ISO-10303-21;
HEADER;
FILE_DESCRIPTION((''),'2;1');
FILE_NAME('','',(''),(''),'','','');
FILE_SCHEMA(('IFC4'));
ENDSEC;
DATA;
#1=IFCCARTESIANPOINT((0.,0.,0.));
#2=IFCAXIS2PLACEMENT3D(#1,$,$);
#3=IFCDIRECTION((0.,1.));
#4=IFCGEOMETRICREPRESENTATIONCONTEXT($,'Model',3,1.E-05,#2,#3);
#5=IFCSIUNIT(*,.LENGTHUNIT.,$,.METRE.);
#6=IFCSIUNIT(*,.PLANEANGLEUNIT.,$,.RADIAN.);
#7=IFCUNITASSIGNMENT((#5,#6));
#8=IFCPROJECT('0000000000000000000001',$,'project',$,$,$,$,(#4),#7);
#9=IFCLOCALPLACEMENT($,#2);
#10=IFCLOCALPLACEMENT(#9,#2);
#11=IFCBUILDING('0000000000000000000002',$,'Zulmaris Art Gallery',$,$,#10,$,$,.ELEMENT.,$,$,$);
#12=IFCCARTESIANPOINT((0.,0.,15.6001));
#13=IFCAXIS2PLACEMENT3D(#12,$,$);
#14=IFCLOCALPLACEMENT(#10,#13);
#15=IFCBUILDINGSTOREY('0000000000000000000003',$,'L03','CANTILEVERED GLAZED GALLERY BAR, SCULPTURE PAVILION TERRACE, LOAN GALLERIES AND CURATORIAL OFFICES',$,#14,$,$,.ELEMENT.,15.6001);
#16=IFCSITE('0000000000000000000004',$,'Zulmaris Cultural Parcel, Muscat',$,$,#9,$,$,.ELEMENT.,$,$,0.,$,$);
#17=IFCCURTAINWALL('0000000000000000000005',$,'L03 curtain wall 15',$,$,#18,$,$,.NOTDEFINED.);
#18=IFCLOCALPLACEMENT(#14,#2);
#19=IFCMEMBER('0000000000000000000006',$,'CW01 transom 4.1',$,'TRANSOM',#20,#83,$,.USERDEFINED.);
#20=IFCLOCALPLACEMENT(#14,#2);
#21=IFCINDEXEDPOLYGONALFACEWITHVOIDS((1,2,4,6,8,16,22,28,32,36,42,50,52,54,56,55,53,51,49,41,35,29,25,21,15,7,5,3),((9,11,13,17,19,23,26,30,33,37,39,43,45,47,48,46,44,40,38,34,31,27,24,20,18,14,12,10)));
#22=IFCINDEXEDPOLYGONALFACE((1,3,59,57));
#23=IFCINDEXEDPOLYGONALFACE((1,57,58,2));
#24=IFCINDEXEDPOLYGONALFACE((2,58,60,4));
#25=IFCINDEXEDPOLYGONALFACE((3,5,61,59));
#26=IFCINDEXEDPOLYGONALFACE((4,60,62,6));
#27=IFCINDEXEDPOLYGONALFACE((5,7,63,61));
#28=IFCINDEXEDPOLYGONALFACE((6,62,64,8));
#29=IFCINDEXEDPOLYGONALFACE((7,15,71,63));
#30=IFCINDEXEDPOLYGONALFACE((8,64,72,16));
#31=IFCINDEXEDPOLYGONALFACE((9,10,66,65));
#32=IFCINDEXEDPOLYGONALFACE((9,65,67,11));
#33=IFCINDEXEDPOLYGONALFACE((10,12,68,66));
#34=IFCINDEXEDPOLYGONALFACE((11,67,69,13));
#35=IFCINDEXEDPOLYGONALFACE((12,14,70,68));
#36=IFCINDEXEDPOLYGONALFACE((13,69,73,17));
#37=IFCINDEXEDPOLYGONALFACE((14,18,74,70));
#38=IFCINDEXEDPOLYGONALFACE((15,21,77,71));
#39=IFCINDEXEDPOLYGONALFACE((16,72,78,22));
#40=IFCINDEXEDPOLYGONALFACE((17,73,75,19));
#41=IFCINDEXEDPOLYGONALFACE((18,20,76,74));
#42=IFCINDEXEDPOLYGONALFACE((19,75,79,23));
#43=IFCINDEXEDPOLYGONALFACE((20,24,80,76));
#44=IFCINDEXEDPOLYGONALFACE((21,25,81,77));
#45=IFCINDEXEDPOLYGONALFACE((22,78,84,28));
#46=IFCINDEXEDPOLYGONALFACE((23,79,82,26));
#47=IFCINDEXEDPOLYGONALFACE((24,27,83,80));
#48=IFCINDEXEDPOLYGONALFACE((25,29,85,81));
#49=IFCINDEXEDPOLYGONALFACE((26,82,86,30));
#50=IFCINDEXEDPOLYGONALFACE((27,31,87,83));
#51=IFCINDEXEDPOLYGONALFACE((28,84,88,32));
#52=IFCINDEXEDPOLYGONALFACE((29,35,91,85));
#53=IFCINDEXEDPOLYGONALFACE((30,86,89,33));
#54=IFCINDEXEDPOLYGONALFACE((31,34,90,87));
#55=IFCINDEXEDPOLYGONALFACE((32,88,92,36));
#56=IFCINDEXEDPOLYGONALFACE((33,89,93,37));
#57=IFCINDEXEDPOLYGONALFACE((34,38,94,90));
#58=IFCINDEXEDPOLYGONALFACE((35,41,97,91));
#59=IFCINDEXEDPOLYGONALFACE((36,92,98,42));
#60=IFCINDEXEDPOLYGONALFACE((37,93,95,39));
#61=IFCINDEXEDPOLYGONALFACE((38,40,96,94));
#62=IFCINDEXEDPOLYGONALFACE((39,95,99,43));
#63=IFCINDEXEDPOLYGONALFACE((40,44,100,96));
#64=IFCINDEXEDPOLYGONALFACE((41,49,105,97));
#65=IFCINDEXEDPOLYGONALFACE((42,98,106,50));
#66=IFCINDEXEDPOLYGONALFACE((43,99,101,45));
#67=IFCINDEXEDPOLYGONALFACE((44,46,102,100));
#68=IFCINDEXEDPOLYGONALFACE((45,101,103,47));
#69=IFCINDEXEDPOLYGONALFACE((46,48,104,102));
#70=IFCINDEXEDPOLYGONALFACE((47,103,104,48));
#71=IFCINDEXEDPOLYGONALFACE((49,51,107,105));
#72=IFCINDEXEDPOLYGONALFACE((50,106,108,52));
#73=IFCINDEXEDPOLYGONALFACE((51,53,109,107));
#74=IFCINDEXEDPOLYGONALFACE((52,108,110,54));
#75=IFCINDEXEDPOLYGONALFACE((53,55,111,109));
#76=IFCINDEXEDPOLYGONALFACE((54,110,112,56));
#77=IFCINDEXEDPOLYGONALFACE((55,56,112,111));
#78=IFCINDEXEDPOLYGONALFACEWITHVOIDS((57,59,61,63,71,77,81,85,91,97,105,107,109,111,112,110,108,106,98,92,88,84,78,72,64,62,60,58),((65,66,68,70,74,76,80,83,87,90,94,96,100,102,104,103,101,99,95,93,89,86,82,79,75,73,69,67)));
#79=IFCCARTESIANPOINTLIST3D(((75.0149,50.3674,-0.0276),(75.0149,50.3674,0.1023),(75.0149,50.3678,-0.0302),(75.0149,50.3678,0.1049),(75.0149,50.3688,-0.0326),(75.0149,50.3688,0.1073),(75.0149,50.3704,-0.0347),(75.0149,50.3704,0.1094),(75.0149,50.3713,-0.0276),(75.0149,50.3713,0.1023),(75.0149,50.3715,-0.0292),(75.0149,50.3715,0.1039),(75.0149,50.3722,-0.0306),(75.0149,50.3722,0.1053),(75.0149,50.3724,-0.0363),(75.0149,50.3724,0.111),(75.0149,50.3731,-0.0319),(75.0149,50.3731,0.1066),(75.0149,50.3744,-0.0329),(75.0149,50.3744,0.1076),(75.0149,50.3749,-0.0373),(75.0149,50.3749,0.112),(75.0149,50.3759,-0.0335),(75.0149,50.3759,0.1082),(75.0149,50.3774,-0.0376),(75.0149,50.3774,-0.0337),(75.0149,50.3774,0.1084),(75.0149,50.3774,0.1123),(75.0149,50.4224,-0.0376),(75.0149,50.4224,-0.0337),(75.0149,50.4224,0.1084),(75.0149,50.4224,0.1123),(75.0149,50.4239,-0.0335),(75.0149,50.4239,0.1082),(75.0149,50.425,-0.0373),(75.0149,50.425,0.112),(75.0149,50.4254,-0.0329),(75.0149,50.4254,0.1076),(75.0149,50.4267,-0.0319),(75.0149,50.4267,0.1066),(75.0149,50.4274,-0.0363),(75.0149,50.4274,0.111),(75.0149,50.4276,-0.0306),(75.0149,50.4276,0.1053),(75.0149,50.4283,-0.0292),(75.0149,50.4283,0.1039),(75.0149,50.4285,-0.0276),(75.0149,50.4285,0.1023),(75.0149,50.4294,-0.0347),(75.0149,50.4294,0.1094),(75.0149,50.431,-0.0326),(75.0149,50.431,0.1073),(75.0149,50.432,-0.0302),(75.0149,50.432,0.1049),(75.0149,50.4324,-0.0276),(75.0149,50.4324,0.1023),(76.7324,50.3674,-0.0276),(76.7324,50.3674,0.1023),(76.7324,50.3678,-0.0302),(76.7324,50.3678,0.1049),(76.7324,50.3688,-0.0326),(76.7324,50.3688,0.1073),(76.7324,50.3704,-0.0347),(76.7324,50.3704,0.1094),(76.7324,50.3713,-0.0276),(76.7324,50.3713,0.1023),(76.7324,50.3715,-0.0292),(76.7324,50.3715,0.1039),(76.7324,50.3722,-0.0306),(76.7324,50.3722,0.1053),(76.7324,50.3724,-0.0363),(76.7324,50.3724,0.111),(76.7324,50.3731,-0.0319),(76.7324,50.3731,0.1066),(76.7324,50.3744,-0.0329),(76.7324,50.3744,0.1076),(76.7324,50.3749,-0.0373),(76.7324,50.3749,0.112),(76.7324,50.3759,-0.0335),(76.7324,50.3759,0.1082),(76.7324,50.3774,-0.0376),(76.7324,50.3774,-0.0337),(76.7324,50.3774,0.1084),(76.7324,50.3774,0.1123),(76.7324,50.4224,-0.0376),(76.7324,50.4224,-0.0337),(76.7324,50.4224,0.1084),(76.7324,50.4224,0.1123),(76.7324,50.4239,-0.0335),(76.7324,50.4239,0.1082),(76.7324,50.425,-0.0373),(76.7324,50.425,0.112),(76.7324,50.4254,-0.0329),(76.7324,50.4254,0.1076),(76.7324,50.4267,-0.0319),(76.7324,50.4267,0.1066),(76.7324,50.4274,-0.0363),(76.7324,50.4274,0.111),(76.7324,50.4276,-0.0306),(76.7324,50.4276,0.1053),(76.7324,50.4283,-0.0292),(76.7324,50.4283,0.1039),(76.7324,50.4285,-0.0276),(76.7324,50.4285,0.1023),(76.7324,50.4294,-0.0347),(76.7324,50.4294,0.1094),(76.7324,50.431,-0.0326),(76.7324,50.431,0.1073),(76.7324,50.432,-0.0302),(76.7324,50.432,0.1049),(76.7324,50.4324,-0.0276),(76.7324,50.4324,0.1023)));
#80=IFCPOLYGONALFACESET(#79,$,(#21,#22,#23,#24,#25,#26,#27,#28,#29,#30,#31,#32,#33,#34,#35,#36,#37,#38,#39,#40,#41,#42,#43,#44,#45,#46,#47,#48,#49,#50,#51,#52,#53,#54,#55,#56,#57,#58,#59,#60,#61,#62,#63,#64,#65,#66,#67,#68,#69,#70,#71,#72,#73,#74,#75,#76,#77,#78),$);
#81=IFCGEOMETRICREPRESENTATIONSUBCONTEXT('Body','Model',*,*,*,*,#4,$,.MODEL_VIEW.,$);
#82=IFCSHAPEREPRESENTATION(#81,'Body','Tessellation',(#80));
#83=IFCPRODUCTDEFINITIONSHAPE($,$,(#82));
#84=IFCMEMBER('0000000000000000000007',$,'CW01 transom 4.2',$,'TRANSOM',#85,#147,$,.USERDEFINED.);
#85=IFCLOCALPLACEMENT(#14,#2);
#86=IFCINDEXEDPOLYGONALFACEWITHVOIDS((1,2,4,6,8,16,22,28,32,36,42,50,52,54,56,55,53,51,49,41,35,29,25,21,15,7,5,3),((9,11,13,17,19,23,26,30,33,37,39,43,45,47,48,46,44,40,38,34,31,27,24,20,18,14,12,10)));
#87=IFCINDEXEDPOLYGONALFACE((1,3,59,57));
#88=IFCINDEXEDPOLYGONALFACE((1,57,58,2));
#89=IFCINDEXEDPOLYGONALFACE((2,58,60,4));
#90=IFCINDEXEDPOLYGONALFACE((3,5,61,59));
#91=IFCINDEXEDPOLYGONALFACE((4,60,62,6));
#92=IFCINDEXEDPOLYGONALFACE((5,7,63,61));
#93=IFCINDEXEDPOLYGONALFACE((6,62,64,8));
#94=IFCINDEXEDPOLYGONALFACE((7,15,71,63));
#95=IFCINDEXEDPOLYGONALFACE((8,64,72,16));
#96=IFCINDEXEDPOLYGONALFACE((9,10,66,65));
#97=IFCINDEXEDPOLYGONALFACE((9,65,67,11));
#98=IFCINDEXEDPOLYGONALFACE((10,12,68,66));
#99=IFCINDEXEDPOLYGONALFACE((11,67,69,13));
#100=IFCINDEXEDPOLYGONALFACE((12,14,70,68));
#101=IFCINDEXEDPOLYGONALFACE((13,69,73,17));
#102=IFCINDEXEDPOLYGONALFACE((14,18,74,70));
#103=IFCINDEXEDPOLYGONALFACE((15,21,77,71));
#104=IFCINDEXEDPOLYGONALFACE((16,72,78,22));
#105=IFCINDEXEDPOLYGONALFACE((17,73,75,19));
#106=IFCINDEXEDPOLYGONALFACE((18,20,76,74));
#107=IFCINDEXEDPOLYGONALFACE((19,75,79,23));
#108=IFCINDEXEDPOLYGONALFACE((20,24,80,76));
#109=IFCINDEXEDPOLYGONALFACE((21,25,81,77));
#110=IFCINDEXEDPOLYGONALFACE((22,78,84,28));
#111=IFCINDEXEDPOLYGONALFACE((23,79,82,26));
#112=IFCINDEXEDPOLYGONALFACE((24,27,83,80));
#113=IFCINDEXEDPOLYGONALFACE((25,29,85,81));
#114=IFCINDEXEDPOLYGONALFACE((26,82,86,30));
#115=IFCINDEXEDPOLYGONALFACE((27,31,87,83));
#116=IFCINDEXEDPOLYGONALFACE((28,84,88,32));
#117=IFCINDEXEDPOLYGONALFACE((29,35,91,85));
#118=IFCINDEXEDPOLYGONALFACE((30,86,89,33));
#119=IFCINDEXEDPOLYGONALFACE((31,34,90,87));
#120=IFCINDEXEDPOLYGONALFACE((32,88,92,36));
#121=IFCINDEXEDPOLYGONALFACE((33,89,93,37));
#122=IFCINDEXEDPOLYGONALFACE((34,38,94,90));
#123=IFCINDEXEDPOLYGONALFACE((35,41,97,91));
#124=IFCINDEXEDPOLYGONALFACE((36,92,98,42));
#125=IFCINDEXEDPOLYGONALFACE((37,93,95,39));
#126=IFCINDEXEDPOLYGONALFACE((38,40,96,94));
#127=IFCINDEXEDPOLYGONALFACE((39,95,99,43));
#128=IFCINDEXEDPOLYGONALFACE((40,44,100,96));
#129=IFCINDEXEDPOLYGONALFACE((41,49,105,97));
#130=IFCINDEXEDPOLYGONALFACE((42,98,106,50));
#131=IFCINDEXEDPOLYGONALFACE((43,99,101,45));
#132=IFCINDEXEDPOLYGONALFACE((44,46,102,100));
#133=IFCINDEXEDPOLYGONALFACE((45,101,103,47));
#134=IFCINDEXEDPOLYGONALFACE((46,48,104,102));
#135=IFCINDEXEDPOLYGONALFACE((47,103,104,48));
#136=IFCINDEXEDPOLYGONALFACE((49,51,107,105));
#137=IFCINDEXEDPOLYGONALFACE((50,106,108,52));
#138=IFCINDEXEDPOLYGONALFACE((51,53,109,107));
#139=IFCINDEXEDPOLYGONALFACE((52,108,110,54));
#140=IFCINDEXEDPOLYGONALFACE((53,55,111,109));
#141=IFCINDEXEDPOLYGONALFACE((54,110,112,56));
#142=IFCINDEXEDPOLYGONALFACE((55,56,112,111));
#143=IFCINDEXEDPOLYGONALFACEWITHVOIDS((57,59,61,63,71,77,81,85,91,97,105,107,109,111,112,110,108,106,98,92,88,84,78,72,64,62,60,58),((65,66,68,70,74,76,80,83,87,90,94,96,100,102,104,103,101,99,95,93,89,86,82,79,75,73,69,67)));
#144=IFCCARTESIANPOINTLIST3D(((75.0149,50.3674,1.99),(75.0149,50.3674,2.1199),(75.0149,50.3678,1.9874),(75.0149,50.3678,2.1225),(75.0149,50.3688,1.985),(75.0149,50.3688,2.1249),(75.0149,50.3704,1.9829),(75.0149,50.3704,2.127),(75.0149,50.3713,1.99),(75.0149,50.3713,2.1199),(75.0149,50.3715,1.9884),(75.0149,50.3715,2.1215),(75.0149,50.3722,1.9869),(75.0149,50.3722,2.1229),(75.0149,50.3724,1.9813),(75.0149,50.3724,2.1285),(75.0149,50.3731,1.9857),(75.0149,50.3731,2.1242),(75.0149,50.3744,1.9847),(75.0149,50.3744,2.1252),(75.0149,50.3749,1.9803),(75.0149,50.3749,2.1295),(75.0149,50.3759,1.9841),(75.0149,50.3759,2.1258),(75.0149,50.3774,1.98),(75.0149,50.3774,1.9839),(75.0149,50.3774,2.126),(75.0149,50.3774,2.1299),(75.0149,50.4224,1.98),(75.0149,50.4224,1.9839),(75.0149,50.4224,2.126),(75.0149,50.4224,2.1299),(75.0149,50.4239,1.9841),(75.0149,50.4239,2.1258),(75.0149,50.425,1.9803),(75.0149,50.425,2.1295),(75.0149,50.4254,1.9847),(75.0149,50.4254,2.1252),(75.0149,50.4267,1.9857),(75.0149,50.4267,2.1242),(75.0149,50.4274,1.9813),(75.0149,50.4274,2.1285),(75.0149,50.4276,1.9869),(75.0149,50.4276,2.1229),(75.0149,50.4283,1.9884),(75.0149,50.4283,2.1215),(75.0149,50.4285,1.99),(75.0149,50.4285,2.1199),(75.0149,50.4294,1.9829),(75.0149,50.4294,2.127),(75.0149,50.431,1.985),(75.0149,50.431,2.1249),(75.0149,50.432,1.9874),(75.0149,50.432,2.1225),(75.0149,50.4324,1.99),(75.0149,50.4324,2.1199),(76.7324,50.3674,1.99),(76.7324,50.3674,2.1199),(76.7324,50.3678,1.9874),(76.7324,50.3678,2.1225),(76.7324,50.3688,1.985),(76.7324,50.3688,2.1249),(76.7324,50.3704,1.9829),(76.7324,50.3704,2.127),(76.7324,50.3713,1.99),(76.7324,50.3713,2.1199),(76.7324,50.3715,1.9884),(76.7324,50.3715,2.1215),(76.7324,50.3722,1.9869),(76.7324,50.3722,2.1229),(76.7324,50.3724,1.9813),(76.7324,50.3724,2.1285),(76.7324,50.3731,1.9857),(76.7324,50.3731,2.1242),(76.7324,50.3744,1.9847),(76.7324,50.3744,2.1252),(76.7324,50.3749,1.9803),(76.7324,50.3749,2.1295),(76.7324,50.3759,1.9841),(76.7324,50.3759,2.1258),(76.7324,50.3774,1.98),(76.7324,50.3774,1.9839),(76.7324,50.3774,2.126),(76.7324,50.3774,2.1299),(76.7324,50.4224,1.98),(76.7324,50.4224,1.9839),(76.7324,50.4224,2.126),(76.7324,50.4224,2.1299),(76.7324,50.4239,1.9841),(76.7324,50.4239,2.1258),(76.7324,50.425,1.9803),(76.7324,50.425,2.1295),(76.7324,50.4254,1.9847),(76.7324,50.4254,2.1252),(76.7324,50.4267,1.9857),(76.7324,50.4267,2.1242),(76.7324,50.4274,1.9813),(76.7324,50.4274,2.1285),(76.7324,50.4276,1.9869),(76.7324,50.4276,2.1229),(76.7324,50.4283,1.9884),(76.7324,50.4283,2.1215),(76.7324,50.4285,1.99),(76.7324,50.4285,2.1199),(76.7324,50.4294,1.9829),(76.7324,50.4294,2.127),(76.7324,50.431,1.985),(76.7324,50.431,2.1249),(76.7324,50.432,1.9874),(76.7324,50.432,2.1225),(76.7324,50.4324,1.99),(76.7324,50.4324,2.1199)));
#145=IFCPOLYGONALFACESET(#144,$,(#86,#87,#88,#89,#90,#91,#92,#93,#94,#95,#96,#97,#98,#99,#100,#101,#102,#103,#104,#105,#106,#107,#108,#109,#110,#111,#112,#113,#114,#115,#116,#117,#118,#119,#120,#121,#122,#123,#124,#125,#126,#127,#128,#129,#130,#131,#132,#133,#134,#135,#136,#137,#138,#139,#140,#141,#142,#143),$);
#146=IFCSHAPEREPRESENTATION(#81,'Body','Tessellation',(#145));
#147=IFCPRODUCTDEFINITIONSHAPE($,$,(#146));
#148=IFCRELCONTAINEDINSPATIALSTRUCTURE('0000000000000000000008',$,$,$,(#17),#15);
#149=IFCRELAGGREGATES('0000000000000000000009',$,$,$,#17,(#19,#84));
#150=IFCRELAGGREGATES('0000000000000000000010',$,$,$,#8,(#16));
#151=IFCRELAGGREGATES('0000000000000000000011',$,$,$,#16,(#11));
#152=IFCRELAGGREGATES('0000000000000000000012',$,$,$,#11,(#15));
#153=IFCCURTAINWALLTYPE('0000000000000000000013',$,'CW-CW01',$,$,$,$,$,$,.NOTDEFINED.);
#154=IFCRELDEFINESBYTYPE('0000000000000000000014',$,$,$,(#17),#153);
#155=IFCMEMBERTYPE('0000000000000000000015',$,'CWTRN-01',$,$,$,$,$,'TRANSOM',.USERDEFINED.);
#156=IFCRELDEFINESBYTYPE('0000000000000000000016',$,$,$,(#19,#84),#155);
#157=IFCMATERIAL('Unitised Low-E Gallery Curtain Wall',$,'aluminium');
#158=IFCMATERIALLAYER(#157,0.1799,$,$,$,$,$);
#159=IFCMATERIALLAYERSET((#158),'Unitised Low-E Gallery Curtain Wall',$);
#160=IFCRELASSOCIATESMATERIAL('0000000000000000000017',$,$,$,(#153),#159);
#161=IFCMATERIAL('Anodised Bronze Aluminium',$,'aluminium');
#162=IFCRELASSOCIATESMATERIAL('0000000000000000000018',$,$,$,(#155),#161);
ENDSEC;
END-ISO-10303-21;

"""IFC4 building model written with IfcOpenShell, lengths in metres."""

from ifc_helpers import new_model, si_unit, direction, frame, origin, origin_2d, place, context, subcontext, project, spatial, hollow_rectangle, extrude, material, layer, layer_set, material_profile, profile_set, type_object, element, aggregate, save


model = new_model("IFC4")

# Units and contexts
model_context = context("Model", 3, precision=1e-05, world=origin(), true_north=direction((0.0, 1.0)))
body_context = subcontext(model_context, "Body", "Model", "MODEL_VIEW")
ifc_project = project(units=[si_unit("LENGTHUNIT", "METRE"), si_unit("PLANEANGLEUNIT", "RADIAN")], contexts=[model_context])

# Site, building, storey
site_placement = place(None, origin())
site = spatial("IfcSite", under=ifc_project, at=site_placement, Name="Zulmaris Cultural Parcel, Muscat", CompositionType="ELEMENT", RefElevation=0.0)
building_placement = place(site_placement, origin())
building = spatial("IfcBuilding", under=site, at=building_placement, Name="Zulmaris Art Gallery", CompositionType="ELEMENT")
storey_placement = place(building_placement, frame((0.0, 0.0, 15.6001)))
storey = spatial("IfcBuildingStorey", under=building, at=storey_placement, Name="L03", Description="CANTILEVERED GLAZED GALLERY BAR, SCULPTURE PAVILION TERRACE, LOAN GALLERIES AND CURATORIAL OFFICES", CompositionType="ELEMENT", Elevation=15.6001)

# Shared definitions
ifc_material_1 = material(Name="Unitised Low-E Gallery Curtain Wall", Category="aluminium")
ifc_layer_1 = layer(ifc_material_1, 0.1799)
ifc_layer_set_1 = layer_set([ifc_layer_1], Name="Unitised Low-E Gallery Curtain Wall")
curtain_wall_type = type_object("IfcCurtainWallType", Name="CW-CW01", PredefinedType="NOTDEFINED", material=ifc_layer_set_1)
ifc_material_2 = material(Name="Anodised Bronze Aluminium", Category="aluminium")

# Curtain wall
curtain_wall_1_placement = place(storey_placement, origin())
curtain_wall_1 = element("IfcCurtainWall", 1, at=curtain_wall_1_placement, inside=storey, type_object=curtain_wall_type, Name="L03 curtain wall 15", PredefinedType="NOTDEFINED")

# Members
ifc_material_profile_1 = material_profile(ifc_material_2, hollow_rectangle(XDim=0.0649, YDim=0.1499, WallThickness=0.0039, InnerFilletRadius=0.0061, OuterFilletRadius=0.01, at=origin_2d()), Name="ALU 65x150x4")
ifc_profile_set_1 = profile_set([ifc_material_profile_1], Name="Anodised Bronze Aluminium")
member_type_1 = type_object("IfcMemberType", Name="CWTRN-01", ElementType="TRANSOM", PredefinedType="USERDEFINED", material=ifc_profile_set_1)
member_1_placement = place(storey_placement, frame((76.7324, 50.3999, 0.0374), z_axis=(-1.0, 0.0, 0.0), x_axis=(0.0, -1.0, 0.0)))
member_1 = element("IfcMember", 2, at=member_1_placement, type_object=member_type_1, Name="CW01 transom 4.1", ObjectType="TRANSOM", PredefinedType="USERDEFINED", context=body_context, shape_type="SweptSolid", body=[
    extrude(hollow_rectangle(XDim=0.0649, YDim=0.1499, WallThickness=0.0039, InnerFilletRadius=0.0061, OuterFilletRadius=0.01, at=origin_2d()), origin(), (0.0, 0.0, 1.0), 1.7175),
])
member_2_placement = place(storey_placement, frame((76.7324, 50.3999, 2.0549), z_axis=(-1.0, 0.0, 0.0), x_axis=(0.0, -1.0, 0.0)))
member_2 = element("IfcMember", 3, at=member_2_placement, type_object=member_type_1, Name="CW01 transom 4.2", ObjectType="TRANSOM", PredefinedType="USERDEFINED", context=body_context, shape_type="SweptSolid", body=[
    extrude(hollow_rectangle(XDim=0.0649, YDim=0.1499, WallThickness=0.0039, InnerFilletRadius=0.0061, OuterFilletRadius=0.01, at=origin_2d()), origin(), (0.0, 0.0, 1.0), 1.7175),
])

aggregate(curtain_wall_1, [member_1, member_2])

save(model, "model.ifc")
